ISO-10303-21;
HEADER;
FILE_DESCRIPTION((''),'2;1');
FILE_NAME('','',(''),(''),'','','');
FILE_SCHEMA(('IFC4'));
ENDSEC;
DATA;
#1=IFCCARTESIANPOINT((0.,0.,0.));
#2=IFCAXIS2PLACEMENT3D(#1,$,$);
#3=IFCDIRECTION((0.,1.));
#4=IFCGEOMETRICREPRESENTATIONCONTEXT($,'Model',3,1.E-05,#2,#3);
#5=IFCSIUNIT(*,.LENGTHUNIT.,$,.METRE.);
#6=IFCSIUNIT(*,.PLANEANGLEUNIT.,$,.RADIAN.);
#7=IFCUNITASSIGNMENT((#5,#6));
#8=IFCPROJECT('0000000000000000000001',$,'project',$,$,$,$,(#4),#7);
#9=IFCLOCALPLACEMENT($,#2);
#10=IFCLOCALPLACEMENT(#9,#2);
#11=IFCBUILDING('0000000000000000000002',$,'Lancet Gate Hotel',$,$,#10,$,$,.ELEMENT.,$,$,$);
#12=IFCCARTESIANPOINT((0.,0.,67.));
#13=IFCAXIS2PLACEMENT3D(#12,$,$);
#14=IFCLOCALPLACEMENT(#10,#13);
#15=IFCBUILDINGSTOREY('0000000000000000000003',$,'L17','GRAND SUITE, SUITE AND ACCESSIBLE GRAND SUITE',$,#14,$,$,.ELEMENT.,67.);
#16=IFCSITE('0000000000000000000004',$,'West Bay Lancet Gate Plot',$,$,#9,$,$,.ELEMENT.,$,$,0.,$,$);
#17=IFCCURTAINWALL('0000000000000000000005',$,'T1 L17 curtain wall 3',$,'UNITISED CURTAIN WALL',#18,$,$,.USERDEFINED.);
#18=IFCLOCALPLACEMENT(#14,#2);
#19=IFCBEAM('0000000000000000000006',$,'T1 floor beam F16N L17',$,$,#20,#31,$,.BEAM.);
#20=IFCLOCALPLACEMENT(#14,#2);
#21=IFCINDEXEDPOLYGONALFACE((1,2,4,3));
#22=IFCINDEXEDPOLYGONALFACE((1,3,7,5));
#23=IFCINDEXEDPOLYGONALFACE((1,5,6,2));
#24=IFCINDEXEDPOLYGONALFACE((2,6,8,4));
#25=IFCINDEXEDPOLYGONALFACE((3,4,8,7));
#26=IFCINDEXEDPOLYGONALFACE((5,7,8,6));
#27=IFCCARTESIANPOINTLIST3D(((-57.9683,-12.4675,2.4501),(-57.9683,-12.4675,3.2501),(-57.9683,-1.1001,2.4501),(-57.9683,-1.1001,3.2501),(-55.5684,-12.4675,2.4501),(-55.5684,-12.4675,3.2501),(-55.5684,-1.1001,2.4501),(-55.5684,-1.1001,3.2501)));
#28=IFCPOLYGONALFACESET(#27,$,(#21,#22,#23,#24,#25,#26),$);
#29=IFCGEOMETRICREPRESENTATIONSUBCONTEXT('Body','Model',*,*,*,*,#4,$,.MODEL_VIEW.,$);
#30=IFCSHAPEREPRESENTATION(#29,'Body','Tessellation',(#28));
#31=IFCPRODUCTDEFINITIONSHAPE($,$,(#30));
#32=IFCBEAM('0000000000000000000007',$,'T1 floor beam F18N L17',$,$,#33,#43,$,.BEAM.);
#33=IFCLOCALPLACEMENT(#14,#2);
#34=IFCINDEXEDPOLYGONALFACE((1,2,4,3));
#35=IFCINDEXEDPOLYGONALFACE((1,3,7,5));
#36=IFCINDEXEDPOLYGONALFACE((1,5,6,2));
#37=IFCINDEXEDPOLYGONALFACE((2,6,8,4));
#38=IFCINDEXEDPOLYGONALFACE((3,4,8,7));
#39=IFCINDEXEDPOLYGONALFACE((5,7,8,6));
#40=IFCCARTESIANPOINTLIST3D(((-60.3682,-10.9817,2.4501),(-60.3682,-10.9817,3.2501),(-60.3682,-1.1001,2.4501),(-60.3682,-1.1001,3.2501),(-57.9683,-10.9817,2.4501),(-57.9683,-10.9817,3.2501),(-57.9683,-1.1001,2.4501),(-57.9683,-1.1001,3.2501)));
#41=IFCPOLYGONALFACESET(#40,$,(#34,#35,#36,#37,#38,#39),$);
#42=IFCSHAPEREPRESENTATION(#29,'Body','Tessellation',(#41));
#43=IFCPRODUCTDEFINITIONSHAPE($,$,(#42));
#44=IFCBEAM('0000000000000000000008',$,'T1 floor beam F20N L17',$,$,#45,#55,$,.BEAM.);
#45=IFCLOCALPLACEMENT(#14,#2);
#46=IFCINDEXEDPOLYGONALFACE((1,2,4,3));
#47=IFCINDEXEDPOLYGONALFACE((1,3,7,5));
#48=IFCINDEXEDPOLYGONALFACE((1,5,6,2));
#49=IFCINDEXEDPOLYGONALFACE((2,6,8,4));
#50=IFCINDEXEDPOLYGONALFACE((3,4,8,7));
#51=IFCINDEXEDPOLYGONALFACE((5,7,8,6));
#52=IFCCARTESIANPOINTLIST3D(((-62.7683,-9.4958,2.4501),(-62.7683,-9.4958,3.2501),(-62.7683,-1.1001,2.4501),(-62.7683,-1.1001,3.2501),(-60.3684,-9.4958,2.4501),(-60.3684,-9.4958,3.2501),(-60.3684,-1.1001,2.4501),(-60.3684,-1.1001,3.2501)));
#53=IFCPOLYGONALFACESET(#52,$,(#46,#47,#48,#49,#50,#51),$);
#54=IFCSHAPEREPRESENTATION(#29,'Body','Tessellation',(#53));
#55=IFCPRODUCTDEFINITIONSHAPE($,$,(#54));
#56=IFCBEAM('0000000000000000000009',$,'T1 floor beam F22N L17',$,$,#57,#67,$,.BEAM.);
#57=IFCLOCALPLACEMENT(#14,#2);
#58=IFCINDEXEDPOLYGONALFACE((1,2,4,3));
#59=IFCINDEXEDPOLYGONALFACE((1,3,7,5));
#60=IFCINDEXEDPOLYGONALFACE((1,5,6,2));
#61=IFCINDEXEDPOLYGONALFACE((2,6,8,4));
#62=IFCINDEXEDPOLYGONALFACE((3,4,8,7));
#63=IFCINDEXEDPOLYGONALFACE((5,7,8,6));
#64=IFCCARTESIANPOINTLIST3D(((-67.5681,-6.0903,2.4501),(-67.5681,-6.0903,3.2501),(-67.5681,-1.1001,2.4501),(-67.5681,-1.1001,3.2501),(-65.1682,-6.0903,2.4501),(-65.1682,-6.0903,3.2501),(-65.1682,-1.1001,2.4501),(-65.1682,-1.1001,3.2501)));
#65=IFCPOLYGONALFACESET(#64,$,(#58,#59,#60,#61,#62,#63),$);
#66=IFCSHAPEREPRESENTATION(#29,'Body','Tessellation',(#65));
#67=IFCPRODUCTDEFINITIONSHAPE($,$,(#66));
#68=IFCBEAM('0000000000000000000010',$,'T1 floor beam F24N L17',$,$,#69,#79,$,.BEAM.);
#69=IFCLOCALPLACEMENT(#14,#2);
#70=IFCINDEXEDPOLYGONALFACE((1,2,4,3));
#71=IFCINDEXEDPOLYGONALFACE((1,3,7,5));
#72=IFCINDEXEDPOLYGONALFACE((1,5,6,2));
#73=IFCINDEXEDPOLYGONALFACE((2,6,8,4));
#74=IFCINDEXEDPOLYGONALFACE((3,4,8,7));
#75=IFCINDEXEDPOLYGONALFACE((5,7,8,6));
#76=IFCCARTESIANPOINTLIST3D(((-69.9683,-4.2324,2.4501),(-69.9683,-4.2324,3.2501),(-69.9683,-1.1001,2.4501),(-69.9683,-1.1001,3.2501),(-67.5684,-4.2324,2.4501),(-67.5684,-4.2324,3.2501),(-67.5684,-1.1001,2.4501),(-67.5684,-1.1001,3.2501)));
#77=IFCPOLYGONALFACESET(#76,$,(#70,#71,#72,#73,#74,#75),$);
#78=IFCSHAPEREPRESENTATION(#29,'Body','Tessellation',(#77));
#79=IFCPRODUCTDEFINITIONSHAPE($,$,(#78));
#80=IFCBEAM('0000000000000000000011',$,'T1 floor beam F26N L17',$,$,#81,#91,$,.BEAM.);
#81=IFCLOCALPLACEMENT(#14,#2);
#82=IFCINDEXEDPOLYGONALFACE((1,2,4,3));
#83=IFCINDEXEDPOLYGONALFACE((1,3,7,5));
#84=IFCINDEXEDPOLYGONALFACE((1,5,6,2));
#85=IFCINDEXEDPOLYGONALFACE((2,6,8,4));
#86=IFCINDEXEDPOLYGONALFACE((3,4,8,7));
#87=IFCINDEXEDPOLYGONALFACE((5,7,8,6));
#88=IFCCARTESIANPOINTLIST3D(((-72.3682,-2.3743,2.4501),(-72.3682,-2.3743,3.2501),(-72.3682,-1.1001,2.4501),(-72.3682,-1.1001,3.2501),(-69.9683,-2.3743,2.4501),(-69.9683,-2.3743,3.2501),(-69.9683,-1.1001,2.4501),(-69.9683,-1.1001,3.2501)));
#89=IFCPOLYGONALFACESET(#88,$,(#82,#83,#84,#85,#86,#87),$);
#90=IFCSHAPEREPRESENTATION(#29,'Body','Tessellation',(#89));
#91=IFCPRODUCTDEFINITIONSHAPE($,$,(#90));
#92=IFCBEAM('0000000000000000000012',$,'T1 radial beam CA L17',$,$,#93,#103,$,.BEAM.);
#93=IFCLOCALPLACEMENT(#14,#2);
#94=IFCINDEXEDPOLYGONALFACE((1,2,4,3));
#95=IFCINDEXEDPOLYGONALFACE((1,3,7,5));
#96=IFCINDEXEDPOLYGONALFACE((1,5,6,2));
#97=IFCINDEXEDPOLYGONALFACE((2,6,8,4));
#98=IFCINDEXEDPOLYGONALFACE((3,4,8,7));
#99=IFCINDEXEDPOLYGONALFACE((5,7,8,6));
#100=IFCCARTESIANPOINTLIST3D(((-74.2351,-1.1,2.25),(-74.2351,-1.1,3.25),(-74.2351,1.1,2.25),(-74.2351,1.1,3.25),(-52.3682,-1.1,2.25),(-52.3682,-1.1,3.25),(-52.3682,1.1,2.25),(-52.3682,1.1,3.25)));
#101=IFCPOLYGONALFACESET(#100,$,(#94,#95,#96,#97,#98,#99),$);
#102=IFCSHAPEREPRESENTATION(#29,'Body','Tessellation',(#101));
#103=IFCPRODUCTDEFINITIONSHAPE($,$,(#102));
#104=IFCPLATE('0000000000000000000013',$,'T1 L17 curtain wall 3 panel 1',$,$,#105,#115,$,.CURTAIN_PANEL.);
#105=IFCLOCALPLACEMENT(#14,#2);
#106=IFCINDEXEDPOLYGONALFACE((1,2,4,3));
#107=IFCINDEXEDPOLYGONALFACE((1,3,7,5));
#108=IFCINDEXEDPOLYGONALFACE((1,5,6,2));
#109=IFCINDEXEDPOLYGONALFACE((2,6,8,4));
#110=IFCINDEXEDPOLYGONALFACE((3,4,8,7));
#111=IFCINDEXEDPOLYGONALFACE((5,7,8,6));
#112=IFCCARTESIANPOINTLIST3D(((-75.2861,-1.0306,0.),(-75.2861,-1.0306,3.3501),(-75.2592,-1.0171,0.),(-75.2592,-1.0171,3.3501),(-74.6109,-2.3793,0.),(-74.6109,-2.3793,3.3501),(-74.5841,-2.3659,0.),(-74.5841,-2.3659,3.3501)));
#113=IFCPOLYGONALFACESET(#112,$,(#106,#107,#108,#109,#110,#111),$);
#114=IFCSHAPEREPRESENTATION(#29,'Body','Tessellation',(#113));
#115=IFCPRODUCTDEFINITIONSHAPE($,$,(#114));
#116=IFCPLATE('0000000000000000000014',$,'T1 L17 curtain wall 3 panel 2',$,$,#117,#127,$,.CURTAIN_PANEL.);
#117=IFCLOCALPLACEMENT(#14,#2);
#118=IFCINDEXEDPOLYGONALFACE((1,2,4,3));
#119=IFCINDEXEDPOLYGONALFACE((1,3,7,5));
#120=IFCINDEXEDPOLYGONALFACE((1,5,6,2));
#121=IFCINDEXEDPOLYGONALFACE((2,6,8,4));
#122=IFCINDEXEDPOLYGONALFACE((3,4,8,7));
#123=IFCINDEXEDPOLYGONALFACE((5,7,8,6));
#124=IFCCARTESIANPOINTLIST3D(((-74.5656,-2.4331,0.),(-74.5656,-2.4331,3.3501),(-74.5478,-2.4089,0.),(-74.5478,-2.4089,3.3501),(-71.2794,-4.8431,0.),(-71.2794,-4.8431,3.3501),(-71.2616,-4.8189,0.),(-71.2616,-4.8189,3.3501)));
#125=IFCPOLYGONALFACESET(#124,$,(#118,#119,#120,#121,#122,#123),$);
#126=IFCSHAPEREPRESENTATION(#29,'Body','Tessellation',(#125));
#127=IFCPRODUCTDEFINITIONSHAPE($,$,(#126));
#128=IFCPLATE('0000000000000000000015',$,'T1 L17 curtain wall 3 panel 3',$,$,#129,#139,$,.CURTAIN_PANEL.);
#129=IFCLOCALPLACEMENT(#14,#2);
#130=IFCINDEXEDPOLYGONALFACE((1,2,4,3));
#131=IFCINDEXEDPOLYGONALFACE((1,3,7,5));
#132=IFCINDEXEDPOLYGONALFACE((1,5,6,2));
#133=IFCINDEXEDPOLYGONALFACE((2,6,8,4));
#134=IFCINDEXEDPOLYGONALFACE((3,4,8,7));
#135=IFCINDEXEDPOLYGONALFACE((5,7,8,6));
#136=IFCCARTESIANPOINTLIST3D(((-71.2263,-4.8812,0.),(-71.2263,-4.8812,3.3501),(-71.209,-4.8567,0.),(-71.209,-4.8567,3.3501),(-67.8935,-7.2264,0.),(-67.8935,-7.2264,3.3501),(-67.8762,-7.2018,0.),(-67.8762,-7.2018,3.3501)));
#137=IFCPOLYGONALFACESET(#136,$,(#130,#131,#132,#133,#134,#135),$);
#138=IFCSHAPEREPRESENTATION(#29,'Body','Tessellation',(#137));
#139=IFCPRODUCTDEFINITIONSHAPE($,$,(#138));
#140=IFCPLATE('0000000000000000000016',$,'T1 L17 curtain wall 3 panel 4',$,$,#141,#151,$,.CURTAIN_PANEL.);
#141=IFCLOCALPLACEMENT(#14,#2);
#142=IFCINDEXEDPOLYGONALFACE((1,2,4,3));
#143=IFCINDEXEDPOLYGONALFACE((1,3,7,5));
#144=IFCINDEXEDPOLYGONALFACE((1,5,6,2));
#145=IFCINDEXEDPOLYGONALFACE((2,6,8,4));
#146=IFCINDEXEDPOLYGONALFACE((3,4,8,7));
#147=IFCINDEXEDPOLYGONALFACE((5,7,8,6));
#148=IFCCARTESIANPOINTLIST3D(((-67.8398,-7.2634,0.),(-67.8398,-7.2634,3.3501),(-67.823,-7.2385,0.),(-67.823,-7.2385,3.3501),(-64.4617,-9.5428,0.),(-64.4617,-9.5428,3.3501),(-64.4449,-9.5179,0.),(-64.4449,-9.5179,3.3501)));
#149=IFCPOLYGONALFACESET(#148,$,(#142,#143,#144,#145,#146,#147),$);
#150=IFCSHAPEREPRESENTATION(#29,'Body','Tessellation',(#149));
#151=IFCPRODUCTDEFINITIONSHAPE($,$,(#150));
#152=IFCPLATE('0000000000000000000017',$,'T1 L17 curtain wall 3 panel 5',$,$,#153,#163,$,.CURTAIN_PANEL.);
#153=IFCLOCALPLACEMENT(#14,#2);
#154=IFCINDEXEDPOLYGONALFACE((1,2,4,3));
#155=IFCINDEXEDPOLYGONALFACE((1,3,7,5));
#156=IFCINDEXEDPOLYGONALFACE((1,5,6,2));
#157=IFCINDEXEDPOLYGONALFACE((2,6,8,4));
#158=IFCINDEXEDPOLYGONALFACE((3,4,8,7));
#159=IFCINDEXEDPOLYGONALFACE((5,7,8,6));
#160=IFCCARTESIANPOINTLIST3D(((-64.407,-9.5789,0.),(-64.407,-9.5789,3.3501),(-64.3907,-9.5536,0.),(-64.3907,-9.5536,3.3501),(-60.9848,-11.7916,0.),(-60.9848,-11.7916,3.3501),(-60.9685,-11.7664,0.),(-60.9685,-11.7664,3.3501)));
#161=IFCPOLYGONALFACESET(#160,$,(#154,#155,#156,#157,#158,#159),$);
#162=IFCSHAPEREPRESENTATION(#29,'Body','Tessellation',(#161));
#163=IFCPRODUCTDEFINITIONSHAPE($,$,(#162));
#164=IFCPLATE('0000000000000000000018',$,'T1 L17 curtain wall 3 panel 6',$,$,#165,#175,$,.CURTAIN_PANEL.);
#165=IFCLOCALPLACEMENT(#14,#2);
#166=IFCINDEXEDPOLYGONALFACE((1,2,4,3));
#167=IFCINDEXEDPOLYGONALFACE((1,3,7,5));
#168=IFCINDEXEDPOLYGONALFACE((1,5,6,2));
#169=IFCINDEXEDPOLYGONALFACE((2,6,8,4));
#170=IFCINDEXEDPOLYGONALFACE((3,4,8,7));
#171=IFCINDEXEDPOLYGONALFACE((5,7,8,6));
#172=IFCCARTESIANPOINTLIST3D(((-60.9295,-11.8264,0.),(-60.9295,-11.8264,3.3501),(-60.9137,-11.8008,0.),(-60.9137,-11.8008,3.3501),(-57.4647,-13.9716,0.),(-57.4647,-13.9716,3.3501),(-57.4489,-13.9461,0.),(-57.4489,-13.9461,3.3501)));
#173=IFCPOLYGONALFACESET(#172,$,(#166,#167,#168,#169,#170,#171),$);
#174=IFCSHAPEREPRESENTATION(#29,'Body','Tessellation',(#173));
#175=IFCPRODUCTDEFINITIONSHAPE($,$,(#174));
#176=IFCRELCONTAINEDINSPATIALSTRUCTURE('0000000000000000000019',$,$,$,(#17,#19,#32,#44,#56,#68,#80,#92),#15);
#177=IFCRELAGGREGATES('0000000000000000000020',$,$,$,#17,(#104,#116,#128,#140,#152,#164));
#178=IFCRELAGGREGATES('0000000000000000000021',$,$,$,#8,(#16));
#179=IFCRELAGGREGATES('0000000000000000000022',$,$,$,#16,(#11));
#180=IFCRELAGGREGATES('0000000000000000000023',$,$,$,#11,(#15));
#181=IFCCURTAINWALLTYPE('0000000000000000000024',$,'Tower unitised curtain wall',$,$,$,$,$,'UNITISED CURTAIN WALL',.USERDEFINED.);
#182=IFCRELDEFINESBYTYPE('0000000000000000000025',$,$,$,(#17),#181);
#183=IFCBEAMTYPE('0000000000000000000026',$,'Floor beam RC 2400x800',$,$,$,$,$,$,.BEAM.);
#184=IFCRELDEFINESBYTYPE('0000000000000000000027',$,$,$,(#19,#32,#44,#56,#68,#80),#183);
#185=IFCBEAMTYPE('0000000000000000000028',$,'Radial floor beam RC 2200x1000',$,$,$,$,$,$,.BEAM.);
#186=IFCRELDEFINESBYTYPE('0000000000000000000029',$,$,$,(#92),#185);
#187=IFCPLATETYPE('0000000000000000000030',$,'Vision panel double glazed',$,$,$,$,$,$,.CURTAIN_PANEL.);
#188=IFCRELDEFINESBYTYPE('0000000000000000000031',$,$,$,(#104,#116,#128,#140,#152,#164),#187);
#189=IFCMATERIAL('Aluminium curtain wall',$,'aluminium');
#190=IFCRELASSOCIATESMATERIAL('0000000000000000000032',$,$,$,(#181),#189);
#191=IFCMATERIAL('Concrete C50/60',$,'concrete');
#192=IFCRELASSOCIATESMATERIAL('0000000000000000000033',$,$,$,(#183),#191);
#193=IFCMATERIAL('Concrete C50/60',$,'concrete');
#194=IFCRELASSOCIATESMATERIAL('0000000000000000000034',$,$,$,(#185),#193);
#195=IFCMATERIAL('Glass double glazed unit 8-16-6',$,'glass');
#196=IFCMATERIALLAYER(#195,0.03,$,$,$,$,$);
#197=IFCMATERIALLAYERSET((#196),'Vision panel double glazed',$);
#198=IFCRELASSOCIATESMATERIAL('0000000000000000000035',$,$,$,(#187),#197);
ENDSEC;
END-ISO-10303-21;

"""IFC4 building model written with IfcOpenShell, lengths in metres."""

from ifc_helpers import new_model, si_unit, direction, frame, origin, origin_2d, place, context, subcontext, project, spatial, rectangle, extrude, material, layer, layer_set, material_profile, profile_set, type_object, element, aggregate, save


model = new_model("IFC4")

# Units and contexts
model_context = context("Model", 3, precision=1e-05, world=origin(), true_north=direction((0.0, 1.0)))
body_context = subcontext(model_context, "Body", "Model", "MODEL_VIEW")
ifc_project = project(units=[si_unit("LENGTHUNIT", "METRE"), si_unit("PLANEANGLEUNIT", "RADIAN")], contexts=[model_context])

# Site, building, storey
site_placement = place(None, origin())
site = spatial("IfcSite", under=ifc_project, at=site_placement, Name="West Bay Lancet Gate Plot", CompositionType="ELEMENT", RefElevation=0.0)
building_placement = place(site_placement, origin())
building = spatial("IfcBuilding", under=site, at=building_placement, Name="Lancet Gate Hotel", CompositionType="ELEMENT")
storey_placement = place(building_placement, frame((0.0, 0.0, 67.0)))
storey = spatial("IfcBuildingStorey", under=building, at=storey_placement, Name="L17", Description="GRAND SUITE, SUITE AND ACCESSIBLE GRAND SUITE", CompositionType="ELEMENT", Elevation=67.0)

# Shared definitions
ifc_material_1 = material(Name="Aluminium curtain wall", Category="aluminium")
curtain_wall_type = type_object("IfcCurtainWallType", Name="Tower unitised curtain wall", ElementType="UNITISED CURTAIN WALL", PredefinedType="USERDEFINED", material=ifc_material_1)

# Curtain wall
curtain_wall_1_placement = place(storey_placement, origin())
curtain_wall_1 = element("IfcCurtainWall", 1, at=curtain_wall_1_placement, inside=storey, type_object=curtain_wall_type, Name="T1 L17 curtain wall 3", ObjectType="UNITISED CURTAIN WALL", PredefinedType="USERDEFINED")

# Beams
ifc_material_2 = material(Name="Concrete C50/60", Category="concrete")
ifc_material_profile_1 = material_profile(ifc_material_2, rectangle(XDim=2.3999, YDim=0.8, at=origin_2d()), Name="RC 2400x800")
ifc_profile_set_1 = profile_set([ifc_material_profile_1], Name="Concrete C50/60")
beam_type_1 = type_object("IfcBeamType", Name="Floor beam RC 2400x800", PredefinedType="BEAM", material=ifc_profile_set_1)
beam_1_placement = place(storey_placement, frame((-56.7683, -1.1001, 2.8501), z_axis=(0.0, -1.0, 0.0), x_axis=(1.0, 0.0, 0.0)))
element("IfcBeam", 2, at=beam_1_placement, inside=storey, type_object=beam_type_1, Name="T1 floor beam F16N L17", PredefinedType="BEAM", context=body_context, shape_type="SweptSolid", body=[
    extrude(rectangle(XDim=2.3999, YDim=0.8, at=origin_2d()), origin(), (0.0, 0.0, 1.0), 11.3674),
])
beam_2_placement = place(storey_placement, frame((-59.1682, -1.1001, 2.8501), z_axis=(0.0, -1.0, 0.0), x_axis=(1.0, 0.0, 0.0)))
element("IfcBeam", 3, at=beam_2_placement, inside=storey, type_object=beam_type_1, Name="T1 floor beam F18N L17", PredefinedType="BEAM", context=body_context, shape_type="SweptSolid", body=[
    extrude(rectangle(XDim=2.3999, YDim=0.8, at=origin_2d()), origin(), (0.0, 0.0, 1.0), 9.8816),
])
beam_3_placement = place(storey_placement, frame((-61.5684, -1.1001, 2.8501), z_axis=(0.0, -1.0, 0.0), x_axis=(1.0, 0.0, 0.0)))
element("IfcBeam", 4, at=beam_3_placement, inside=storey, type_object=beam_type_1, Name="T1 floor beam F20N L17", PredefinedType="BEAM", context=body_context, shape_type="SweptSolid", body=[
    extrude(rectangle(XDim=2.3999, YDim=0.8, at=origin_2d()), origin(), (0.0, 0.0, 1.0), 8.3958),
])
beam_4_placement = place(storey_placement, frame((-66.3682, -1.1001, 2.8501), z_axis=(0.0, -1.0, 0.0), x_axis=(1.0, 0.0, 0.0)))
element("IfcBeam", 5, at=beam_4_placement, inside=storey, type_object=beam_type_1, Name="T1 floor beam F22N L17", PredefinedType="BEAM", context=body_context, shape_type="SweptSolid", body=[
    extrude(rectangle(XDim=2.3999, YDim=0.8, at=origin_2d()), origin(), (0.0, 0.0, 1.0), 4.9902),
])
beam_5_placement = place(storey_placement, frame((-68.7683, -1.1001, 2.8501), z_axis=(0.0, -1.0, 0.0), x_axis=(1.0, 0.0, 0.0)))
element("IfcBeam", 6, at=beam_5_placement, inside=storey, type_object=beam_type_1, Name="T1 floor beam F24N L17", PredefinedType="BEAM", context=body_context, shape_type="SweptSolid", body=[
    extrude(rectangle(XDim=2.3999, YDim=0.8, at=origin_2d()), origin(), (0.0, 0.0, 1.0), 3.1323),
])
beam_6_placement = place(storey_placement, frame((-71.1682, -1.1001, 2.8501), z_axis=(0.0, -1.0, 0.0), x_axis=(1.0, 0.0, 0.0)))
element("IfcBeam", 7, at=beam_6_placement, inside=storey, type_object=beam_type_1, Name="T1 floor beam F26N L17", PredefinedType="BEAM", context=body_context, shape_type="SweptSolid", body=[
    extrude(rectangle(XDim=2.3999, YDim=0.8, at=origin_2d()), origin(), (0.0, 0.0, 1.0), 1.2742),
])
ifc_material_3 = material(Name="Concrete C50/60", Category="concrete")
ifc_material_profile_2 = material_profile(ifc_material_3, rectangle(XDim=2.2, YDim=1.0, at=origin_2d()), Name="RC 2200x1000")
ifc_profile_set_2 = profile_set([ifc_material_profile_2], Name="Concrete C50/60")
beam_type_2 = type_object("IfcBeamType", Name="Radial floor beam RC 2200x1000", PredefinedType="BEAM", material=ifc_profile_set_2)
beam_7_placement = place(storey_placement, frame((-74.2351, 0.0, 2.75), z_axis=(1.0, 0.0, 0.0), x_axis=(0.0, 1.0, 0.0)))
element("IfcBeam", 8, at=beam_7_placement, inside=storey, type_object=beam_type_2, Name="T1 radial beam CA L17", PredefinedType="BEAM", context=body_context, shape_type="SweptSolid", body=[
    extrude(rectangle(XDim=2.2, YDim=1.0, at=origin_2d()), origin(), (0.0, 0.0, 1.0), 21.8669),
])

# Plates
ifc_material_4 = material(Name="Glass double glazed unit 8-16-6", Category="glass")
ifc_layer = layer(ifc_material_4, 0.03)
ifc_layer_set = layer_set([ifc_layer], Name="Vision panel double glazed")
plate_type = type_object("IfcPlateType", Name="Vision panel double glazed", PredefinedType="CURTAIN_PANEL", material=ifc_layer_set)
plate_1_placement = place(storey_placement, frame((-74.9351, -1.6982, 0.0), z_axis=(0.0, 0.0, 1.0), x_axis=(0.447628, -0.89422, 0.0)))
plate_1 = element("IfcPlate", 9, at=plate_1_placement, type_object=plate_type, Name="T1 L17 curtain wall 3 panel 1", PredefinedType="CURTAIN_PANEL", context=body_context, shape_type="SweptSolid", body=[
    extrude(rectangle(XDim=1.5083, YDim=0.03, at=origin_2d()), origin(), (0.0, 0.0, 1.0), 3.3501),
])
plate_2_placement = place(storey_placement, frame((-72.9136, -3.626, 0.0), z_axis=(0.0, 0.0, 1.0), x_axis=(0.80639, -0.591384, 0.0)))
plate_2 = element("IfcPlate", 10, at=plate_2_placement, type_object=plate_type, Name="T1 L17 curtain wall 3 panel 2", PredefinedType="CURTAIN_PANEL", context=body_context, shape_type="SweptSolid", body=[
    extrude(rectangle(XDim=4.0752, YDim=0.03, at=origin_2d()), origin(), (0.0, 0.0, 1.0), 3.3501),
])
plate_3_placement = place(storey_placement, frame((-69.5513, -6.0415, 0.0), z_axis=(0.0, 0.0, 1.0), x_axis=(0.817825, -0.575467, 0.0)))
plate_3 = element("IfcPlate", 11, at=plate_3_placement, type_object=plate_type, Name="T1 L17 curtain wall 3 panel 3", PredefinedType="CURTAIN_PANEL", context=body_context, shape_type="SweptSolid", body=[
    extrude(rectangle(XDim=4.0752, YDim=0.03, at=origin_2d()), origin(), (0.0, 0.0, 1.0), 3.3501),
])
plate_4_placement = place(storey_placement, frame((-66.1423, -8.3906, 0.0), z_axis=(0.0, 0.0, 1.0), x_axis=(0.828946, -0.559329, 0.0)))
plate_4 = element("IfcPlate", 12, at=plate_4_placement, type_object=plate_type, Name="T1 L17 curtain wall 3 panel 4", PredefinedType="CURTAIN_PANEL", context=body_context, shape_type="SweptSolid", body=[
    extrude(rectangle(XDim=4.0752, YDim=0.03, at=origin_2d()), origin(), (0.0, 0.0, 1.0), 3.3501),
])
plate_5_placement = place(storey_placement, frame((-62.6877, -10.6726, 0.0), z_axis=(0.0, 0.0, 1.0), x_axis=(0.839749, -0.542975, 0.0)))
plate_5 = element("IfcPlate", 13, at=plate_5_placement, type_object=plate_type, Name="T1 L17 curtain wall 3 panel 5", PredefinedType="CURTAIN_PANEL", context=body_context, shape_type="SweptSolid", body=[
    extrude(rectangle(XDim=4.0752, YDim=0.03, at=origin_2d()), origin(), (0.0, 0.0, 1.0), 3.3501),
])
plate_6_placement = place(storey_placement, frame((-59.1892, -12.8862, 0.0), z_axis=(0.0, 0.0, 1.0), x_axis=(0.850229, -0.526414, 0.0)))
plate_6 = element("IfcPlate", 14, at=plate_6_placement, type_object=plate_type, Name="T1 L17 curtain wall 3 panel 6", PredefinedType="CURTAIN_PANEL", context=body_context, shape_type="SweptSolid", body=[
    extrude(rectangle(XDim=4.0752, YDim=0.03, at=origin_2d()), origin(), (0.0, 0.0, 1.0), 3.3501),
])
aggregate(curtain_wall_1, [plate_1, plate_2, plate_3, plate_4, plate_5, plate_6])

save(model, "model.ifc")
